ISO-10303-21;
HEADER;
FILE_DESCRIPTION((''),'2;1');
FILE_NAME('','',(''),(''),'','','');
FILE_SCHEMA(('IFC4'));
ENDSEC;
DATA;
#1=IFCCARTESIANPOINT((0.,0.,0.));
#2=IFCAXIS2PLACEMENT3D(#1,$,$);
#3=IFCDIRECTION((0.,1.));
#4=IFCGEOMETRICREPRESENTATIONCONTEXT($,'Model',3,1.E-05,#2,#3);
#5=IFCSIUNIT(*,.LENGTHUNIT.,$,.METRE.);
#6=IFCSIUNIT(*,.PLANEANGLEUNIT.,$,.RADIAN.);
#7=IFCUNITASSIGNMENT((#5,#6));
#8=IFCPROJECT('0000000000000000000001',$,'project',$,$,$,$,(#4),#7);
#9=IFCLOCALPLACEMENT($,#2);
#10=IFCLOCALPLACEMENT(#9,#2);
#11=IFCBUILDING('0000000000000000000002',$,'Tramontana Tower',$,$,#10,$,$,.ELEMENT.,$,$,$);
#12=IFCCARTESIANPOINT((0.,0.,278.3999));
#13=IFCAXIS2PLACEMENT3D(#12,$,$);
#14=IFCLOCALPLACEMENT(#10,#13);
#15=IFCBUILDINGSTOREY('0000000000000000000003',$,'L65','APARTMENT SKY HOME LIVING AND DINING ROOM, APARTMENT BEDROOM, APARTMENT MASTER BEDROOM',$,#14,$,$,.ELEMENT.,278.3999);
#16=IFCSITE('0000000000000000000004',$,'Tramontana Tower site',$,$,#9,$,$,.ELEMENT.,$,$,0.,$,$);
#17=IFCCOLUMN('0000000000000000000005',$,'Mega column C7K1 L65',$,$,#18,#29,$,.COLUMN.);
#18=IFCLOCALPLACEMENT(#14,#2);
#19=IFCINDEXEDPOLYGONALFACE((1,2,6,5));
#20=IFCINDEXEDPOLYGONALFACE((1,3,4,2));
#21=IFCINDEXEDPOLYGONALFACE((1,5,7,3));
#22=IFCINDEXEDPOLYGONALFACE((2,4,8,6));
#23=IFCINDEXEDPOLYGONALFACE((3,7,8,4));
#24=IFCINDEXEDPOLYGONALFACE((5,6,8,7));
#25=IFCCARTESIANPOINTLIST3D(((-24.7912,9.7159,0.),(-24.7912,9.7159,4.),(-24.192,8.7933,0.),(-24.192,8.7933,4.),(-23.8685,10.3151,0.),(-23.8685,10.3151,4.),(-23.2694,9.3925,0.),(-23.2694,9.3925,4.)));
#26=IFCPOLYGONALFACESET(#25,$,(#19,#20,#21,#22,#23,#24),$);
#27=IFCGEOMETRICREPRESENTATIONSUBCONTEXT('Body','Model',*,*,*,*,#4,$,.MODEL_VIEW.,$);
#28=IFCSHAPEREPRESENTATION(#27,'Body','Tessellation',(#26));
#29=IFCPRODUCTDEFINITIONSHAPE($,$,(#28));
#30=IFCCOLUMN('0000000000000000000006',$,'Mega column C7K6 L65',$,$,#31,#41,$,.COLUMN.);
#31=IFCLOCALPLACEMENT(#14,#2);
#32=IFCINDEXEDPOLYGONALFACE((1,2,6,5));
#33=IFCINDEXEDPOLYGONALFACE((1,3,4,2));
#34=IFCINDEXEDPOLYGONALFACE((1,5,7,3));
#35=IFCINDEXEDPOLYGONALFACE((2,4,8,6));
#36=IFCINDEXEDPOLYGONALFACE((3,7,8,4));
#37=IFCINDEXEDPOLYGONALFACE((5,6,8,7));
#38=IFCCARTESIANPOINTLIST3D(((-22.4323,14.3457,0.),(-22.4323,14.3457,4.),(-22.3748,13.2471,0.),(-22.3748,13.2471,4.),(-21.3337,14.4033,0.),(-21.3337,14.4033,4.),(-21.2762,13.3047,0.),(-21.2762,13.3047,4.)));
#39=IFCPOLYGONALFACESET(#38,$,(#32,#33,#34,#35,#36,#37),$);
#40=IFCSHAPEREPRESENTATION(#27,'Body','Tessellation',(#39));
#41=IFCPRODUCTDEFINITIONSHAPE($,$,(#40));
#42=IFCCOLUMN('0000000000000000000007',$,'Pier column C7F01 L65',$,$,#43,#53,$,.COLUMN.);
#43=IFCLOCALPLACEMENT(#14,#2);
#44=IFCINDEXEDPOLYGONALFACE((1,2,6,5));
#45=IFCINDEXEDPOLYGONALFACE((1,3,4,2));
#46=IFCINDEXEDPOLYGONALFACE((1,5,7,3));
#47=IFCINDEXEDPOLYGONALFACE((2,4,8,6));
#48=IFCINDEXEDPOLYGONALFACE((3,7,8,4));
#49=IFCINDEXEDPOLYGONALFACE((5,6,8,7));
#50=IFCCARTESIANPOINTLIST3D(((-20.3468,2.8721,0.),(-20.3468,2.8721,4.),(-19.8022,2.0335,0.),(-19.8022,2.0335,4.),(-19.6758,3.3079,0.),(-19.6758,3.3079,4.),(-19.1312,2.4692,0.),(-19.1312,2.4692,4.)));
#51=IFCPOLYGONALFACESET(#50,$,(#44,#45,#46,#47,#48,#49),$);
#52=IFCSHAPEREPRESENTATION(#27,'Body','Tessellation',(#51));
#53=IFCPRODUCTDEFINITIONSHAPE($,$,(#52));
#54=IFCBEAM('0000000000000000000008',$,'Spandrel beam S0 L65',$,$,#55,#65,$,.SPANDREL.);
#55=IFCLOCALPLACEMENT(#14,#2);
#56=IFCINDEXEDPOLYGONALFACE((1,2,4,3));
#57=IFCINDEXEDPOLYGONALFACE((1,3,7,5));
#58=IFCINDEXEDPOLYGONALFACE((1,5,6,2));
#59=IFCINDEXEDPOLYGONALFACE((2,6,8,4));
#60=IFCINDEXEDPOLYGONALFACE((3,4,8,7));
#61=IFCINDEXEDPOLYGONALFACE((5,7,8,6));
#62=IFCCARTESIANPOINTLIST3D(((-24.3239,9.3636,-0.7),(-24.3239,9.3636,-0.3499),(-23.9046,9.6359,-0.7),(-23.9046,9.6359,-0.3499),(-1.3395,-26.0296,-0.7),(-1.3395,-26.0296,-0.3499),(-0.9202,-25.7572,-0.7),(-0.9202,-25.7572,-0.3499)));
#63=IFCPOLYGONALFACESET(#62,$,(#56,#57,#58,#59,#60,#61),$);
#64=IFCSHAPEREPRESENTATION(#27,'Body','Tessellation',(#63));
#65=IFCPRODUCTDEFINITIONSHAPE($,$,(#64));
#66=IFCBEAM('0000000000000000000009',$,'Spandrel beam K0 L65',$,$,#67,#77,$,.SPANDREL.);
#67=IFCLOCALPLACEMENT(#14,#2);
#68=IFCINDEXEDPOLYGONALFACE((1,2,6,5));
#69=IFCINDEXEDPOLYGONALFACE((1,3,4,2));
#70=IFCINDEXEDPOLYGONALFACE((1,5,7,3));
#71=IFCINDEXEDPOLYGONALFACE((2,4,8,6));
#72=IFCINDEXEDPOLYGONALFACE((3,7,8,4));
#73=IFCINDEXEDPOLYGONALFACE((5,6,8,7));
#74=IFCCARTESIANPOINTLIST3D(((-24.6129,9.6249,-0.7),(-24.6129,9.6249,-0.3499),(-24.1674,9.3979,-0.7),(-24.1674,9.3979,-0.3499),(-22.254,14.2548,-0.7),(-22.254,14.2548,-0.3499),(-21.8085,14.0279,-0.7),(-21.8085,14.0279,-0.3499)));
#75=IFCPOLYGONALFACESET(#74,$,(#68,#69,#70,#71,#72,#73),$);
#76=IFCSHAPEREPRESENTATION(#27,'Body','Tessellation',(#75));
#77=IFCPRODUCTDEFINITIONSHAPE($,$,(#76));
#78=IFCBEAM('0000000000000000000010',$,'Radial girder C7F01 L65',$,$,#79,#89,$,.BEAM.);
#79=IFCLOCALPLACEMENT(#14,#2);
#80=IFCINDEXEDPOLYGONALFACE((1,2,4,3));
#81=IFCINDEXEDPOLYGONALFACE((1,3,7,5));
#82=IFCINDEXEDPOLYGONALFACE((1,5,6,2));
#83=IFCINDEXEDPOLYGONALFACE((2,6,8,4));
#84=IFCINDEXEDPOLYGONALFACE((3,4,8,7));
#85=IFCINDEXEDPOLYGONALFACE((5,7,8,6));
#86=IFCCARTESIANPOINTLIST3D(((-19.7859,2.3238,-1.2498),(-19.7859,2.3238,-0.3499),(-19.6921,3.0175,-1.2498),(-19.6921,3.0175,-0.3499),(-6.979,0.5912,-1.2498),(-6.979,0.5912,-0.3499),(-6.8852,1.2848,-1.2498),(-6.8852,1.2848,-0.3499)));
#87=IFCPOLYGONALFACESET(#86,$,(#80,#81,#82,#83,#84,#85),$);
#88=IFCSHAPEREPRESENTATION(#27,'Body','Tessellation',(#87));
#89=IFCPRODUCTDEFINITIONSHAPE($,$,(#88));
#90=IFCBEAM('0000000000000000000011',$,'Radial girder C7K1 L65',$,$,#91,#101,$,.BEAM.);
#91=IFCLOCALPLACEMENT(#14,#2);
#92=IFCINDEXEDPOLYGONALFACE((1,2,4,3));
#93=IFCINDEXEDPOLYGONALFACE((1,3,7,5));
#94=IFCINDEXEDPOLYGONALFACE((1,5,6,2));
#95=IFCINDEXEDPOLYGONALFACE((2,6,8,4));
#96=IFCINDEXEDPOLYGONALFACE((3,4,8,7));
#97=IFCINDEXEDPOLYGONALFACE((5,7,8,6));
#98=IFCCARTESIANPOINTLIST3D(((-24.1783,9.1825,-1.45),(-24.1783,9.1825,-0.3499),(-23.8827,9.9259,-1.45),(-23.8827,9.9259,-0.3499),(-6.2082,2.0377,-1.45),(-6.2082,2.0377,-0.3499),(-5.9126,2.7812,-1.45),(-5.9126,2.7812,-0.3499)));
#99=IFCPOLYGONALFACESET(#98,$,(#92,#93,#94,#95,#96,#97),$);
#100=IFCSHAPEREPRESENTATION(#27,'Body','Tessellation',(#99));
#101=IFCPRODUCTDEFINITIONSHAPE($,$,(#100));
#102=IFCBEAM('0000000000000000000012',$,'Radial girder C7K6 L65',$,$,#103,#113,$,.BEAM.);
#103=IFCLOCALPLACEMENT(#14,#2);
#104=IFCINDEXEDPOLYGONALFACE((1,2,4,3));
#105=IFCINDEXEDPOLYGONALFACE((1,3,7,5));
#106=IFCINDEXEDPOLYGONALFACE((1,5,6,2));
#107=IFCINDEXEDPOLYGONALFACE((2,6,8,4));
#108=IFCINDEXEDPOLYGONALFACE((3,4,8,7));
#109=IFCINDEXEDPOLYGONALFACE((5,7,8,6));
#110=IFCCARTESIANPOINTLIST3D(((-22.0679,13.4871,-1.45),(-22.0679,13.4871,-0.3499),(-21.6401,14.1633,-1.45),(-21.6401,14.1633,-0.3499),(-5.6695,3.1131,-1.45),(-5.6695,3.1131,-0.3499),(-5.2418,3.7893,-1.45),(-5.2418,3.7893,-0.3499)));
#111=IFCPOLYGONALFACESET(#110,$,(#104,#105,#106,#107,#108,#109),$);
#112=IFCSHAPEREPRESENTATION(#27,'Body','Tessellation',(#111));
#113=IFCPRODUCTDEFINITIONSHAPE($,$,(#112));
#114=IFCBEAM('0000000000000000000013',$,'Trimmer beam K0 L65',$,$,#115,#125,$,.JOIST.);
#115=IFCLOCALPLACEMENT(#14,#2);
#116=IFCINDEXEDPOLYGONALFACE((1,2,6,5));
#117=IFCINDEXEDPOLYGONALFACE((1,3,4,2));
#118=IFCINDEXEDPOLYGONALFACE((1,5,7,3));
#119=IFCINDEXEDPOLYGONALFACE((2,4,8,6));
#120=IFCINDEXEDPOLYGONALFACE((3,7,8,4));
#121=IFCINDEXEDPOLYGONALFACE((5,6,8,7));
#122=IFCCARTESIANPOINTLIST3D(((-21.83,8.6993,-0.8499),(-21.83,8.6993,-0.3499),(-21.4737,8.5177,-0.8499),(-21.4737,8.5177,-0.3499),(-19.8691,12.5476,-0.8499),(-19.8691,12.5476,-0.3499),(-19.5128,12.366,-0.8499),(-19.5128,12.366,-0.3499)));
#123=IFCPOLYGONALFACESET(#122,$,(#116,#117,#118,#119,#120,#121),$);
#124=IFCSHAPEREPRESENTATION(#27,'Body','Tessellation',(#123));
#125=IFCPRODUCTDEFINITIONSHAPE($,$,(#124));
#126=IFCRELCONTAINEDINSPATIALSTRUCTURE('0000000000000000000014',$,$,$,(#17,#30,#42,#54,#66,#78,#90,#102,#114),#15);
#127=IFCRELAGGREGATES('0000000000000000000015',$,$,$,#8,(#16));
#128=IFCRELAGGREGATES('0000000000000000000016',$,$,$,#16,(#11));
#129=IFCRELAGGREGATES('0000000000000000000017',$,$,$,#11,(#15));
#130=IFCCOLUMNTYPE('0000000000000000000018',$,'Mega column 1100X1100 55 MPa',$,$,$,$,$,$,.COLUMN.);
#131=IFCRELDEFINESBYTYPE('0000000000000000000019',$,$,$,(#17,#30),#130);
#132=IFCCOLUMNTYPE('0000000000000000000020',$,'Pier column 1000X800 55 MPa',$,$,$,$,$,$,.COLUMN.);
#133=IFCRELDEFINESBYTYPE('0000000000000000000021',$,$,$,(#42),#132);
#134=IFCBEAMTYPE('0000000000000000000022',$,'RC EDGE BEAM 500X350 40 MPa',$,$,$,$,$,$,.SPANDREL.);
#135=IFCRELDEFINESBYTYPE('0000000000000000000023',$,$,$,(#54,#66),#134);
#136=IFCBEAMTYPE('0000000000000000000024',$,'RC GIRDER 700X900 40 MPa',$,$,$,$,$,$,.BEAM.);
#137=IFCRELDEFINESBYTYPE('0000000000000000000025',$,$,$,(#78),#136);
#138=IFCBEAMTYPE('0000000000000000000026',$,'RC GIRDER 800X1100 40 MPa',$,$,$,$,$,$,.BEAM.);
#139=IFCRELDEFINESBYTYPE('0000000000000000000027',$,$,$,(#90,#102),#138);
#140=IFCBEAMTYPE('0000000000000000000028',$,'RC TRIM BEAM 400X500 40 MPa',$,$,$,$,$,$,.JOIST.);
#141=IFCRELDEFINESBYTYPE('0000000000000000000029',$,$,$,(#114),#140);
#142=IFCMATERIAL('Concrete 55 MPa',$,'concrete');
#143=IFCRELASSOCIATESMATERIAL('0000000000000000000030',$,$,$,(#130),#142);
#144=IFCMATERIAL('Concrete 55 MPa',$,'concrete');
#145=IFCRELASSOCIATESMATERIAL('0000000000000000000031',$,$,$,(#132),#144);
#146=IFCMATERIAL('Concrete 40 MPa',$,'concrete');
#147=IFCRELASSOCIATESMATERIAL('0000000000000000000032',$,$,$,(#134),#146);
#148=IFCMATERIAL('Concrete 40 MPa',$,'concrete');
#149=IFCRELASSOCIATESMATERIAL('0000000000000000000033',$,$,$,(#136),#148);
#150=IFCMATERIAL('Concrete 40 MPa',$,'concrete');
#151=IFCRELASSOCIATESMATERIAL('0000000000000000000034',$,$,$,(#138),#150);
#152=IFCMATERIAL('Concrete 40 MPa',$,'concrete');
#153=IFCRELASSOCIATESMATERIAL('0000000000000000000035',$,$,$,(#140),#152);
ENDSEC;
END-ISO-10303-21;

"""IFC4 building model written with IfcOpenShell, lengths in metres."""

from ifc_helpers import new_model, si_unit, direction, frame, origin, origin_2d, place, context, subcontext, project, spatial, rectangle, extrude, material, material_profile, profile_set, type_object, element, save


model = new_model("IFC4")

# Units and contexts
model_context = context("Model", 3, precision=1e-05, world=origin(), true_north=direction((0.0, 1.0)))
body_context = subcontext(model_context, "Body", "Model", "MODEL_VIEW")
ifc_project = project(units=[si_unit("LENGTHUNIT", "METRE"), si_unit("PLANEANGLEUNIT", "RADIAN")], contexts=[model_context])

# Site, building, storey
site_placement = place(None, origin())
site = spatial("IfcSite", under=ifc_project, at=site_placement, Name="Tramontana Tower site", CompositionType="ELEMENT", RefElevation=0.0)
building_placement = place(site_placement, origin())
building = spatial("IfcBuilding", under=site, at=building_placement, Name="Tramontana Tower", CompositionType="ELEMENT")
storey_placement = place(building_placement, frame((0.0, 0.0, 278.3999)))
storey = spatial("IfcBuildingStorey", under=building, at=storey_placement, Name="L65", Description="APARTMENT SKY HOME LIVING AND DINING ROOM, APARTMENT BEDROOM, APARTMENT MASTER BEDROOM", CompositionType="ELEMENT", Elevation=278.3999)

# Columns
ifc_material_1 = material(Name="Concrete 55 MPa", Category="concrete")
ifc_material_profile_1 = material_profile(ifc_material_1, rectangle(XDim=1.1001, YDim=1.1001, at=origin_2d()), Name="Mega column 1100X1100 55 MPa")
ifc_profile_set_1 = profile_set([ifc_material_profile_1], Name="Concrete 55 MPa")
column_type_1 = type_object("IfcColumnType", Name="Mega column 1100X1100 55 MPa", PredefinedType="COLUMN", material=ifc_profile_set_1)
for number, where, z_axis, x_axis, name in (
    (1, (-24.0303, 9.5542, 0.0), (0.0, 0.0, 1.0), (0.544639, -0.838671, 0.0), "Mega column C7K1 L65"),
    (2, (-21.8542, 13.8252, 0.0), (0.0, 0.0, 1.0), (-0.99863, -0.052336, 0.0), "Mega column C7K6 L65"),
):
    element("IfcColumn", number, at=place(storey_placement, frame(where, z_axis=z_axis, x_axis=x_axis)), inside=storey, type_object=column_type_1, Name=name, PredefinedType="COLUMN", context=body_context, shape_type="SweptSolid", body=[
        extrude(rectangle(XDim=1.1001, YDim=1.1001, at=origin_2d()), origin(), (0.0, 0.0, 1.0), 4.0),
    ])
ifc_material_2 = material(Name="Concrete 55 MPa", Category="concrete")
ifc_material_profile_2 = material_profile(ifc_material_2, rectangle(XDim=1.0, YDim=0.8, at=origin_2d()), Name="Pier column 1000X800 55 MPa")
ifc_profile_set_2 = profile_set([ifc_material_profile_2], Name="Concrete 55 MPa")
column_type_2 = type_object("IfcColumnType", Name="Pier column 1000X800 55 MPa", PredefinedType="COLUMN", material=ifc_profile_set_2)
column_placement = place(storey_placement, frame((-19.739, 2.6707, 0.0), z_axis=(0.0, 0.0, 1.0), x_axis=(0.544639, -0.838671, 0.0)))
element("IfcColumn", 3, at=column_placement, inside=storey, type_object=column_type_2, Name="Pier column C7F01 L65", PredefinedType="COLUMN", context=body_context, shape_type="SweptSolid", body=[
    extrude(rectangle(XDim=1.0, YDim=0.8, at=origin_2d()), origin(), (0.0, 0.0, 1.0), 4.0),
])

# Beams
ifc_material_3 = material(Name="Concrete 40 MPa", Category="concrete")
ifc_material_profile_3 = material_profile(ifc_material_3, rectangle(XDim=0.5, YDim=0.3501, at=origin_2d()), Name="RC EDGE BEAM 500X350 40 MPa")
ifc_profile_set_3 = profile_set([ifc_material_profile_3], Name="Concrete 40 MPa")
beam_type_1 = type_object("IfcBeamType", Name="RC EDGE BEAM 500X350 40 MPa", PredefinedType="SPANDREL", material=ifc_profile_set_3)
beam_1_placement = place(storey_placement, frame((-24.1143, 9.4998, -0.5249), z_axis=(0.544637, -0.838672, 0.0), x_axis=(0.838672, 0.544637, 0.0)))
element("IfcBeam", 4, at=beam_1_placement, inside=storey, type_object=beam_type_1, Name="Spandrel beam S0 L65", PredefinedType="SPANDREL", context=body_context, shape_type="SweptSolid", body=[
    extrude(rectangle(XDim=0.5, YDim=0.3501, at=origin_2d()), origin(), (0.0, 0.0, 1.0), 42.2014),
])
beam_2_placement = place(storey_placement, frame((-22.0312, 14.1414, -0.5249), z_axis=(-0.453967, -0.891019, 0.0), x_axis=(0.891019, -0.453967, 0.0)))
element("IfcBeam", 5, at=beam_2_placement, inside=storey, type_object=beam_type_1, Name="Spandrel beam K0 L65", PredefinedType="SPANDREL", context=body_context, shape_type="SweptSolid", body=[
    extrude(rectangle(XDim=0.5, YDim=0.3501, at=origin_2d()), origin(), (0.0, 0.0, 1.0), 5.1963),
])
ifc_material_4 = material(Name="Concrete 40 MPa", Category="concrete")
ifc_material_profile_4 = material_profile(ifc_material_4, rectangle(XDim=0.7, YDim=0.8999, at=origin_2d()), Name="RC GIRDER 700X900 40 MPa")
ifc_profile_set_4 = profile_set([ifc_material_profile_4], Name="Concrete 40 MPa")
beam_type_2 = type_object("IfcBeamType", Name="RC GIRDER 700X900 40 MPa", PredefinedType="BEAM", material=ifc_profile_set_4)
beam_3_placement = place(storey_placement, frame((-19.739, 2.6707, -0.7998), z_axis=(0.990972, -0.13407, 0.0), x_axis=(0.13407, 0.990972, 0.0)))
element("IfcBeam", 6, at=beam_3_placement, inside=storey, type_object=beam_type_2, Name="Radial girder C7F01 L65", PredefinedType="BEAM", context=body_context, shape_type="SweptSolid", body=[
    extrude(rectangle(XDim=0.7, YDim=0.8999, at=origin_2d()), origin(), (0.0, 0.0, 1.0), 12.9236),
])
ifc_material_5 = material(Name="Concrete 40 MPa", Category="concrete")
ifc_material_profile_5 = material_profile(ifc_material_5, rectangle(XDim=0.8, YDim=1.1001, at=origin_2d()), Name="RC GIRDER 800X1100 40 MPa")
ifc_profile_set_5 = profile_set([ifc_material_profile_5], Name="Concrete 40 MPa")
beam_type_3 = type_object("IfcBeamType", Name="RC GIRDER 800X1100 40 MPa", PredefinedType="BEAM", material=ifc_profile_set_5)
beam_4_placement = place(storey_placement, frame((-24.0305, 9.5542, -0.8999), z_axis=(0.929247, -0.369459, 0.0), x_axis=(0.369459, 0.929247, 0.0)))
element("IfcBeam", 7, at=beam_4_placement, inside=storey, type_object=beam_type_3, Name="Radial girder C7K1 L65", PredefinedType="BEAM", context=body_context, shape_type="SweptSolid", body=[
    extrude(rectangle(XDim=0.8, YDim=1.1001, at=origin_2d()), origin(), (0.0, 0.0, 1.0), 19.3384),
])
beam_5_placement = place(storey_placement, frame((-21.854, 13.8252, -0.8999), z_axis=(0.84509, -0.534623, 0.0), x_axis=(0.534623, 0.84509, 0.0)))
element("IfcBeam", 8, at=beam_5_placement, inside=storey, type_object=beam_type_3, Name="Radial girder C7K6 L65", PredefinedType="BEAM", context=body_context, shape_type="SweptSolid", body=[
    extrude(rectangle(XDim=0.8, YDim=1.1001, at=origin_2d()), origin(), (0.0, 0.0, 1.0), 19.4043),
])
ifc_material_6 = material(Name="Concrete 40 MPa", Category="concrete")
ifc_material_profile_6 = material_profile(ifc_material_6, rectangle(XDim=0.3999, YDim=0.5, at=origin_2d()), Name="RC TRIM BEAM 400X500 40 MPa")
ifc_profile_set_6 = profile_set([ifc_material_profile_6], Name="Concrete 40 MPa")
beam_type_4 = type_object("IfcBeamType", Name="RC TRIM BEAM 400X500 40 MPa", PredefinedType="JOIST", material=ifc_profile_set_6)
beam_6_placement = place(storey_placement, frame((-19.6909, 12.4568, -0.5999), z_axis=(-0.454006, -0.890999, 0.0), x_axis=(0.890999, -0.454006, 0.0)))
element("IfcBeam", 9, at=beam_6_placement, inside=storey, type_object=beam_type_4, Name="Trimmer beam K0 L65", PredefinedType="JOIST", context=body_context, shape_type="SweptSolid", body=[
    extrude(rectangle(XDim=0.3999, YDim=0.5, at=origin_2d()), origin(), (0.0, 0.0, 1.0), 4.3191),
])

save(model, "model.ifc")
